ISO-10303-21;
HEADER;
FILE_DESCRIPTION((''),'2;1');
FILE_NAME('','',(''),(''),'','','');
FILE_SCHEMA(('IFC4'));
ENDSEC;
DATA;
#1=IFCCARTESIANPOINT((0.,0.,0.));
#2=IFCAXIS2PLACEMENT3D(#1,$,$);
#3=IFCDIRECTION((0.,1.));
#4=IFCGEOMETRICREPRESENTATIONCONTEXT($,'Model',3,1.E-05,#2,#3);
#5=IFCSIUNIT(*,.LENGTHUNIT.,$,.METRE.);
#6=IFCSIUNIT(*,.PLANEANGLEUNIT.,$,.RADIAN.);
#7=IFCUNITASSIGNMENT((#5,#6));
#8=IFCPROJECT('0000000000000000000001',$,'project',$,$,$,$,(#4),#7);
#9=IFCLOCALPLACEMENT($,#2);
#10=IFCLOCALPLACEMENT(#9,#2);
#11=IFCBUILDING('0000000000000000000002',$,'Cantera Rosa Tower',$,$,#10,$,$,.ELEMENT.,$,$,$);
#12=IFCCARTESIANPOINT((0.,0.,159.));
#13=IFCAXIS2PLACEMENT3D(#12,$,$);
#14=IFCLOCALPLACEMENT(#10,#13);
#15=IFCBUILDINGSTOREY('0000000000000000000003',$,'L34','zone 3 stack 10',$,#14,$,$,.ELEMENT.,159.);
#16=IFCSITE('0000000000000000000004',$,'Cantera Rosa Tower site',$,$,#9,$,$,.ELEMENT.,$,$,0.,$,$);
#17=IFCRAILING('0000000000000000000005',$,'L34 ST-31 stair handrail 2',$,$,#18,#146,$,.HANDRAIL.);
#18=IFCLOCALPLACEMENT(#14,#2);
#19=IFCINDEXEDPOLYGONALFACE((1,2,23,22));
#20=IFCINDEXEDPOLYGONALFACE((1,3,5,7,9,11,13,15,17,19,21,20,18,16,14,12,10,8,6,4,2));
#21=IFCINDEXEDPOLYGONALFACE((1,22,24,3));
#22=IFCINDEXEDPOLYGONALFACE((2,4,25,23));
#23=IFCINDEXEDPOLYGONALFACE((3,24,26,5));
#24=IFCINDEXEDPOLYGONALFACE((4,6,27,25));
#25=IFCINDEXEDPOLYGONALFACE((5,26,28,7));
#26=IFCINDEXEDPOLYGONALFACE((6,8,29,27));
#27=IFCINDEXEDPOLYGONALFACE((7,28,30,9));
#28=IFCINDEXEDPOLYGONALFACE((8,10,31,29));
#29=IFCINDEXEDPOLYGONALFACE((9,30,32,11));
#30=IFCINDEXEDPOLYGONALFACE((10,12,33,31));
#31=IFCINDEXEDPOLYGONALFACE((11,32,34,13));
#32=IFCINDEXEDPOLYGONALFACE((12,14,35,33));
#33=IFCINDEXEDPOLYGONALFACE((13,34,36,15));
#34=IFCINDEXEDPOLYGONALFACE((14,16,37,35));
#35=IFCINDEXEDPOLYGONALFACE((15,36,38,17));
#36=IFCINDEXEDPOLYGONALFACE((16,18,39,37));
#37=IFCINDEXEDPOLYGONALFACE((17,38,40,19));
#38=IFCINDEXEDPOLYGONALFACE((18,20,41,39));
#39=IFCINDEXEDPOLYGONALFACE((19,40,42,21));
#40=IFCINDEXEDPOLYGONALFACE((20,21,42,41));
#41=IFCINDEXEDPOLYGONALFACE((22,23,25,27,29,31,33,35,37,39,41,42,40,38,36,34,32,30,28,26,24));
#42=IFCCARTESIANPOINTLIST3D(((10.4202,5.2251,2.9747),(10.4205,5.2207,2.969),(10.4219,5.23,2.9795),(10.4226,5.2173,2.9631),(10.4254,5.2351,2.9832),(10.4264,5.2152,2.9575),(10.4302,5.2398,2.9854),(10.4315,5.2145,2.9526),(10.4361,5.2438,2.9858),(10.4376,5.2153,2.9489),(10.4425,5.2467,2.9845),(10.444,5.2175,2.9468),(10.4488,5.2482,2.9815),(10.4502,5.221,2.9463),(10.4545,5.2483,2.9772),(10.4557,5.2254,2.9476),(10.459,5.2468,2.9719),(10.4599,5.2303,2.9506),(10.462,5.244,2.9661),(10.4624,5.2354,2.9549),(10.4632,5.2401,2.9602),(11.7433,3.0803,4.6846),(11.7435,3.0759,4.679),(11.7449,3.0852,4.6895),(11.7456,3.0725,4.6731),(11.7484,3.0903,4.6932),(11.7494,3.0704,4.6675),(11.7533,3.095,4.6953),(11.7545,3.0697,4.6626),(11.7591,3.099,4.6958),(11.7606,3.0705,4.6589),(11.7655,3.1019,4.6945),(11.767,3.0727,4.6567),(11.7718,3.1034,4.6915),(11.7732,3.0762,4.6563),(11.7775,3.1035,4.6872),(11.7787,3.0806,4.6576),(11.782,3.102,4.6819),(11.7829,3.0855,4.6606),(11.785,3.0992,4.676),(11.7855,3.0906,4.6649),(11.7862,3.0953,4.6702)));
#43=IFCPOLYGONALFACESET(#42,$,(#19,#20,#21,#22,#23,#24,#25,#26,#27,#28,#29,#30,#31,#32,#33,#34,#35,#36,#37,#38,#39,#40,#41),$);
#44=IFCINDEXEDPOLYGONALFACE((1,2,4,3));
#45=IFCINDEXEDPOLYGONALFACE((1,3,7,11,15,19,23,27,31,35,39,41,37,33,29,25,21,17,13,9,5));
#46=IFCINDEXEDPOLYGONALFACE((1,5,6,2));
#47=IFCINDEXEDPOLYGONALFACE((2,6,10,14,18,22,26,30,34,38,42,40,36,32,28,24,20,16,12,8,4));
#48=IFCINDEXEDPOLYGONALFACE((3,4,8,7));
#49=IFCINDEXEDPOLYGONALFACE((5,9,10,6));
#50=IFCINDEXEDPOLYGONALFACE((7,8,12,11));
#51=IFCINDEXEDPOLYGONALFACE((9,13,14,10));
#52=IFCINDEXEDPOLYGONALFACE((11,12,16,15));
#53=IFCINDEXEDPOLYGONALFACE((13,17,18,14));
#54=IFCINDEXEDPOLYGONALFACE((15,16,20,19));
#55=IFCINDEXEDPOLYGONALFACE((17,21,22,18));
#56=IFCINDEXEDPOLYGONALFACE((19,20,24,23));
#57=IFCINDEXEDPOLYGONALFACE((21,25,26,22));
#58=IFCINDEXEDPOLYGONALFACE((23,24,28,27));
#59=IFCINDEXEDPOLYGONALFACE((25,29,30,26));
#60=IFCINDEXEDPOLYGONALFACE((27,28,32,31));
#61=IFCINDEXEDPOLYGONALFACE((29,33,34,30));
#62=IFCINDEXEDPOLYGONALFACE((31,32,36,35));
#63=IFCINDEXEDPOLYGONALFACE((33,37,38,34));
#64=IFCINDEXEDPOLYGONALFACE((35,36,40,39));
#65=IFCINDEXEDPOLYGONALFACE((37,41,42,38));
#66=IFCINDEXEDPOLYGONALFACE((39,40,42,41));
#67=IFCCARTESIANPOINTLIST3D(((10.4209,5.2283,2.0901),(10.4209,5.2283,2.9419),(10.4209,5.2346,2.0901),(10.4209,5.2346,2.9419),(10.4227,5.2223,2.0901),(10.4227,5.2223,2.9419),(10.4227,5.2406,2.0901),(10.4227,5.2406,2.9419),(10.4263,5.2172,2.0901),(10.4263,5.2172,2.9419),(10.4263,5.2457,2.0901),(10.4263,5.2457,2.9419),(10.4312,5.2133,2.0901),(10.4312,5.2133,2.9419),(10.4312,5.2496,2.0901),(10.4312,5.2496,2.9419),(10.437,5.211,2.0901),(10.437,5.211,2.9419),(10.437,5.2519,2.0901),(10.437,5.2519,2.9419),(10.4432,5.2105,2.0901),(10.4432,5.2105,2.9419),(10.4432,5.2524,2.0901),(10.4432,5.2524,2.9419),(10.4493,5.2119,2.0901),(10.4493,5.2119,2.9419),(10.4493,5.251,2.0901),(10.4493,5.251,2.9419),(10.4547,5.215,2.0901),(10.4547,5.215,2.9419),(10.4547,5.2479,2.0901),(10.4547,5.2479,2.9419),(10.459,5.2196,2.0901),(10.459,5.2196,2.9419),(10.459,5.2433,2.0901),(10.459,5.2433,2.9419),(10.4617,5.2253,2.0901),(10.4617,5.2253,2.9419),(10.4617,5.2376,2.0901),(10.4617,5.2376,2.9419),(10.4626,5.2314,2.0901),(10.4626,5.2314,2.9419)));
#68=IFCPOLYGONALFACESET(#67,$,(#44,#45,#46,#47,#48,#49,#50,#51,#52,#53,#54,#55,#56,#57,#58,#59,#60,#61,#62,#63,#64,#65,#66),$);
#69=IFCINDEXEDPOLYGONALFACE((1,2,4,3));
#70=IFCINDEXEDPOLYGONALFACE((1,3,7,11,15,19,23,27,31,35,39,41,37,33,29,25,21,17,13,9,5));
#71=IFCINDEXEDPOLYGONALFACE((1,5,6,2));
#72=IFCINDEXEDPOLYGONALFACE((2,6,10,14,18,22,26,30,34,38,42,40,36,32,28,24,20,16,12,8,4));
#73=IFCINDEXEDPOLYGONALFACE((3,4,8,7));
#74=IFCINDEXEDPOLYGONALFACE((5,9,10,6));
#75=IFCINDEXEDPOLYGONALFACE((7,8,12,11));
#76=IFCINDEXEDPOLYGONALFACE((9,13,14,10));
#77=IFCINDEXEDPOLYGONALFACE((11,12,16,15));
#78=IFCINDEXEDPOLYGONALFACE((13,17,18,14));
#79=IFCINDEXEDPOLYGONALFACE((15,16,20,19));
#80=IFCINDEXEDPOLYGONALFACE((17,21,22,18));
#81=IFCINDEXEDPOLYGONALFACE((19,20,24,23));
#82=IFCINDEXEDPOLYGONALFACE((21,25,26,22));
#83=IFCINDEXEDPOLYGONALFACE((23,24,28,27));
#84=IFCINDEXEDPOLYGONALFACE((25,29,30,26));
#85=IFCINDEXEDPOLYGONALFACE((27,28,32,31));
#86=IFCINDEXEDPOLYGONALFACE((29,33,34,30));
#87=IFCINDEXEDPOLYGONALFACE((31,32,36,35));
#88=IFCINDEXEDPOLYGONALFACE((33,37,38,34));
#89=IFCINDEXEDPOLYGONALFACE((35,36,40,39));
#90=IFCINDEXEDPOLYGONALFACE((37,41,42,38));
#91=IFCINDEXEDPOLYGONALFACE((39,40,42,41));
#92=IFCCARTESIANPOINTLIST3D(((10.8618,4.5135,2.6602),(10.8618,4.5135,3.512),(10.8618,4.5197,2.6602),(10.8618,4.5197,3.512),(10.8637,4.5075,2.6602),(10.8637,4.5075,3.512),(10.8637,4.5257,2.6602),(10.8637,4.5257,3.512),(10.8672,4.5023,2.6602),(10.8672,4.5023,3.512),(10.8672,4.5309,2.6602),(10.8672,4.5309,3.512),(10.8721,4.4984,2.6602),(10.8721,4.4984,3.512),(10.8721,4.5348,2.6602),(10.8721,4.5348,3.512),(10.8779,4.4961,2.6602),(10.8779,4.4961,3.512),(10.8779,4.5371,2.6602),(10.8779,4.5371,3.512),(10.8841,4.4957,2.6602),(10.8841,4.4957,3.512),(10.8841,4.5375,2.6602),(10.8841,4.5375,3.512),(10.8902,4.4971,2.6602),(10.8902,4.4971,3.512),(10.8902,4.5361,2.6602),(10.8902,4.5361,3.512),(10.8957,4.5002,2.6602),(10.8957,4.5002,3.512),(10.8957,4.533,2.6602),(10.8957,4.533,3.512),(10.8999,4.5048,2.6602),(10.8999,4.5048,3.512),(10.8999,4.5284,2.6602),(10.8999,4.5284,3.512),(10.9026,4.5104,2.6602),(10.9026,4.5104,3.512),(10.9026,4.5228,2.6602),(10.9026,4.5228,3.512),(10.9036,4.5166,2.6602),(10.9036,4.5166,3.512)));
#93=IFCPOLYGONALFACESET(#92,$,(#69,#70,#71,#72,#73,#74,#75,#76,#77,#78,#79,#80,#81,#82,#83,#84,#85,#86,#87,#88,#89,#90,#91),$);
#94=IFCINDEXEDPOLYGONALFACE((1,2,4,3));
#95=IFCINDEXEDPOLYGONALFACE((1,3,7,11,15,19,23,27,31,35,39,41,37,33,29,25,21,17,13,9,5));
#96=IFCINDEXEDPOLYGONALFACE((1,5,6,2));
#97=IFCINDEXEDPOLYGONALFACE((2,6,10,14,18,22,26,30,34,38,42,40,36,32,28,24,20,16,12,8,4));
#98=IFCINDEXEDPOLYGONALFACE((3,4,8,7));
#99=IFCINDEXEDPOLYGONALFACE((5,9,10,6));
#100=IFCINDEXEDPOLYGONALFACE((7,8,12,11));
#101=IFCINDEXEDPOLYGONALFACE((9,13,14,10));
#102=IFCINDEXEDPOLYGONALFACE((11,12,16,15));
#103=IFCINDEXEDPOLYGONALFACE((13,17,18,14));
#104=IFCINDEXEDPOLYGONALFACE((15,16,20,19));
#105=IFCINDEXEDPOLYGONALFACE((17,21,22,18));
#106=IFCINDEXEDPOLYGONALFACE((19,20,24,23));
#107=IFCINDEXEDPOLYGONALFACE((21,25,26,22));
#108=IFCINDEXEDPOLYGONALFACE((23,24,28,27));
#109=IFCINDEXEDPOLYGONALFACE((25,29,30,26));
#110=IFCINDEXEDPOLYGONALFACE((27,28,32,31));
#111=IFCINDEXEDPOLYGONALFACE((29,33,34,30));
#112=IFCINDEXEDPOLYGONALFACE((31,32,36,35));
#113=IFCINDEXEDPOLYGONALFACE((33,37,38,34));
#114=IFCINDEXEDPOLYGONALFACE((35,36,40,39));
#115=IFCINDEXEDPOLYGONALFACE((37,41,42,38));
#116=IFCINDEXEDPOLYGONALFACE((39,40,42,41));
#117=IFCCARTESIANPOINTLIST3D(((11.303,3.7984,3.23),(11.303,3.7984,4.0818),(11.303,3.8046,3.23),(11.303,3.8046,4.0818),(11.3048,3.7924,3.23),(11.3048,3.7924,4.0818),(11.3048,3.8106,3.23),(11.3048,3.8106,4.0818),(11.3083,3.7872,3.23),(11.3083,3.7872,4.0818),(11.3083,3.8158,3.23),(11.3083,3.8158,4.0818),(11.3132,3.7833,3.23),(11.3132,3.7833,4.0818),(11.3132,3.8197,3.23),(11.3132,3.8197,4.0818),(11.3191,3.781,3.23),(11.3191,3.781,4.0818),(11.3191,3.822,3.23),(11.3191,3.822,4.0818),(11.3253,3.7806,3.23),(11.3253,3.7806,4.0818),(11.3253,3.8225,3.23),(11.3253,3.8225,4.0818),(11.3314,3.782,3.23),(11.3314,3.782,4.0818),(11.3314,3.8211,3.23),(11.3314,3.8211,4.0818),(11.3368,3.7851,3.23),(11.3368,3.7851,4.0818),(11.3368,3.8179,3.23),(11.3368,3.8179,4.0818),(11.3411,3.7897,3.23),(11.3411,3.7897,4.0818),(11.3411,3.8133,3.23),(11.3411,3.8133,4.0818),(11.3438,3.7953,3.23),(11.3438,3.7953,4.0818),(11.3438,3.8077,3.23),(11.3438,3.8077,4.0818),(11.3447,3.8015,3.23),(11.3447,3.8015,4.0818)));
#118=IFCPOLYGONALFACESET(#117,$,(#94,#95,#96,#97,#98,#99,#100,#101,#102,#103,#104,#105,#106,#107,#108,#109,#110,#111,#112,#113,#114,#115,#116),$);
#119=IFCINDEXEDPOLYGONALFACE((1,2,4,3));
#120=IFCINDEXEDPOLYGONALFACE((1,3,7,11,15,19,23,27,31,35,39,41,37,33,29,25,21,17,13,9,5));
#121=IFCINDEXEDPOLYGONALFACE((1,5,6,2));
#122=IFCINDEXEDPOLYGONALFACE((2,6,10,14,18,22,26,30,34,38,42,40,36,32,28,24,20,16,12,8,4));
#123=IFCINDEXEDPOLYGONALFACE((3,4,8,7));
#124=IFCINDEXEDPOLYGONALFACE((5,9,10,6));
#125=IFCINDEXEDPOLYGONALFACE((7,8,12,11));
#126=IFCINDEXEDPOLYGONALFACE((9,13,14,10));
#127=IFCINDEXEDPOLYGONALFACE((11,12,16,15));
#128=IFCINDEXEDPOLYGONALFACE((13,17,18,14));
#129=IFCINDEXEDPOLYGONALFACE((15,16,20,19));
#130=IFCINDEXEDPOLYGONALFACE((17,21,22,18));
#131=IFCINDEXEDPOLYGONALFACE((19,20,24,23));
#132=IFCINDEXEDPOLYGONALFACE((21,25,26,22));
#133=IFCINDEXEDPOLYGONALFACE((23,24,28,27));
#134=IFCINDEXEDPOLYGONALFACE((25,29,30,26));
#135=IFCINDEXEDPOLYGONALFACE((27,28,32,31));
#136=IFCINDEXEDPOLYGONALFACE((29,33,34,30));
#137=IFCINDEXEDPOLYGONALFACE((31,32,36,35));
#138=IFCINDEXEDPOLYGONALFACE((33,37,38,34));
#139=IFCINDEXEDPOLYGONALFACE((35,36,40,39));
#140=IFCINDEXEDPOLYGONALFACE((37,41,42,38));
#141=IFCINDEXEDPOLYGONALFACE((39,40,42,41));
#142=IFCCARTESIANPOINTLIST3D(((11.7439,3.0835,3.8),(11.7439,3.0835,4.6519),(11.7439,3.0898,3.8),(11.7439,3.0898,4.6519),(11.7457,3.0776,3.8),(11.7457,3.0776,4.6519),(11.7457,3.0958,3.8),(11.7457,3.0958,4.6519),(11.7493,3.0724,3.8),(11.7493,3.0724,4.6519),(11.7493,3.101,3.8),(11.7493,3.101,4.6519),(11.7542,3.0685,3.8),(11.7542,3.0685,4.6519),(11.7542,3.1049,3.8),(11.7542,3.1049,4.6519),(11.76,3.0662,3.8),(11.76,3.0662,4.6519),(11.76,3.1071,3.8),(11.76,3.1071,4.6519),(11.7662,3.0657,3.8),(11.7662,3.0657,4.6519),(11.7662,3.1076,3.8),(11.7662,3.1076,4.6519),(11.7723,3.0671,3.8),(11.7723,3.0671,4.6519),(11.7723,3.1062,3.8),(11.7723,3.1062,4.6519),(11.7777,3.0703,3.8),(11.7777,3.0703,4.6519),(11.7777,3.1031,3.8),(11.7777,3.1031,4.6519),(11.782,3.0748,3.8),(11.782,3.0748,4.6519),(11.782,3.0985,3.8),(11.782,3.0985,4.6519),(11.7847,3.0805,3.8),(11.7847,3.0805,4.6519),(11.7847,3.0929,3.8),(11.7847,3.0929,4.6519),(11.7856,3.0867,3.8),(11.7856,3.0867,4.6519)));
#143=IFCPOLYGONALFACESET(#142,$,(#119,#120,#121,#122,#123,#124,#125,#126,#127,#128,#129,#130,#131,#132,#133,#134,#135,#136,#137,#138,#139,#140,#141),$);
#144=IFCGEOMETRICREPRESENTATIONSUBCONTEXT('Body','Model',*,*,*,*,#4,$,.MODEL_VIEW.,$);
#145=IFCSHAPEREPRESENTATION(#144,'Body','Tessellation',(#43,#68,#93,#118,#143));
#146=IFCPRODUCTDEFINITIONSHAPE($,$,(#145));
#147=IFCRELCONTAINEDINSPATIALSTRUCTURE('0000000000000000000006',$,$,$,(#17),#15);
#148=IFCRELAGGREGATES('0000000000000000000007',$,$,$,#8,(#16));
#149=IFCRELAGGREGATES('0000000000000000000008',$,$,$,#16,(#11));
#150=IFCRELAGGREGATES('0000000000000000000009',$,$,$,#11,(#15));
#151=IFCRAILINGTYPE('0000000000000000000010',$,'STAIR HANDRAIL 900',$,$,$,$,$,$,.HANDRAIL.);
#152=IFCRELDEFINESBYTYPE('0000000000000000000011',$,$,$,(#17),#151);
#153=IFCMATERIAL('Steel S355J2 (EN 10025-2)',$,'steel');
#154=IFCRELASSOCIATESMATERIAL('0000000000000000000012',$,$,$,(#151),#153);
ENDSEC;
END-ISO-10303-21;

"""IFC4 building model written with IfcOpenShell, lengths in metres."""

from ifc_helpers import new_model, si_unit, direction, frame, origin, origin_2d, place, context, subcontext, project, spatial, circle, extrude, material, type_object, element, save


model = new_model("IFC4")

# Units and contexts
model_context = context("Model", 3, precision=1e-05, world=origin(), true_north=direction((0.0, 1.0)))
body_context = subcontext(model_context, "Body", "Model", "MODEL_VIEW")
ifc_project = project(units=[si_unit("LENGTHUNIT", "METRE"), si_unit("PLANEANGLEUNIT", "RADIAN")], contexts=[model_context])

# Site, building, storey
site_placement = place(None, origin())
site = spatial("IfcSite", under=ifc_project, at=site_placement, Name="Cantera Rosa Tower site", CompositionType="ELEMENT", RefElevation=0.0)
building_placement = place(site_placement, origin())
building = spatial("IfcBuilding", under=site, at=building_placement, Name="Cantera Rosa Tower", CompositionType="ELEMENT")
storey_placement = place(building_placement, frame((0.0, 0.0, 159.0)))
storey = spatial("IfcBuildingStorey", under=building, at=storey_placement, Name="L34", Description="zone 3 stack 10", CompositionType="ELEMENT", Elevation=159.0)

# Railing
ifc_material_1 = material(Name="Steel S355J2 (EN 10025-2)", Category="steel")
railing_type_1 = type_object("IfcRailingType", Name="STAIR HANDRAIL 900", PredefinedType="HANDRAIL", material=ifc_material_1)
railing_1_placement = place(storey_placement, frame((10.4417, 5.2314, 2.0901)))
element("IfcRailing", 1, at=railing_1_placement, inside=storey, type_object=railing_type_1, Name="L34 ST-31 stair handrail 2", PredefinedType="HANDRAIL", context=body_context, shape_type="SweptSolid", body=[
    extrude(circle(Radius=0.0239, at=origin_2d()), frame((0.0, 0.0, 0.876), z_axis=(0.434428, -0.704271, 0.561493), x_axis=(0.851102, 0.525, 0.0)), (0.0, 0.0, 1.0), 3.0454),
    extrude(circle(Radius=0.021, at=origin_2d()), origin(), (0.0, 0.0, 1.0), 0.8518),
    extrude(circle(Radius=0.021, at=origin_2d()), frame((0.4409, -0.7148, 0.5701)), (0.0, 0.0, 1.0), 0.8518),
    extrude(circle(Radius=0.021, at=origin_2d()), frame((0.8821, -1.4299, 1.1399)), (0.0, 0.0, 1.0), 0.8518),
    extrude(circle(Radius=0.021, at=origin_2d()), frame((1.323, -2.1448, 1.71)), (0.0, 0.0, 1.0), 0.8518),
])

save(model, "model.ifc")
